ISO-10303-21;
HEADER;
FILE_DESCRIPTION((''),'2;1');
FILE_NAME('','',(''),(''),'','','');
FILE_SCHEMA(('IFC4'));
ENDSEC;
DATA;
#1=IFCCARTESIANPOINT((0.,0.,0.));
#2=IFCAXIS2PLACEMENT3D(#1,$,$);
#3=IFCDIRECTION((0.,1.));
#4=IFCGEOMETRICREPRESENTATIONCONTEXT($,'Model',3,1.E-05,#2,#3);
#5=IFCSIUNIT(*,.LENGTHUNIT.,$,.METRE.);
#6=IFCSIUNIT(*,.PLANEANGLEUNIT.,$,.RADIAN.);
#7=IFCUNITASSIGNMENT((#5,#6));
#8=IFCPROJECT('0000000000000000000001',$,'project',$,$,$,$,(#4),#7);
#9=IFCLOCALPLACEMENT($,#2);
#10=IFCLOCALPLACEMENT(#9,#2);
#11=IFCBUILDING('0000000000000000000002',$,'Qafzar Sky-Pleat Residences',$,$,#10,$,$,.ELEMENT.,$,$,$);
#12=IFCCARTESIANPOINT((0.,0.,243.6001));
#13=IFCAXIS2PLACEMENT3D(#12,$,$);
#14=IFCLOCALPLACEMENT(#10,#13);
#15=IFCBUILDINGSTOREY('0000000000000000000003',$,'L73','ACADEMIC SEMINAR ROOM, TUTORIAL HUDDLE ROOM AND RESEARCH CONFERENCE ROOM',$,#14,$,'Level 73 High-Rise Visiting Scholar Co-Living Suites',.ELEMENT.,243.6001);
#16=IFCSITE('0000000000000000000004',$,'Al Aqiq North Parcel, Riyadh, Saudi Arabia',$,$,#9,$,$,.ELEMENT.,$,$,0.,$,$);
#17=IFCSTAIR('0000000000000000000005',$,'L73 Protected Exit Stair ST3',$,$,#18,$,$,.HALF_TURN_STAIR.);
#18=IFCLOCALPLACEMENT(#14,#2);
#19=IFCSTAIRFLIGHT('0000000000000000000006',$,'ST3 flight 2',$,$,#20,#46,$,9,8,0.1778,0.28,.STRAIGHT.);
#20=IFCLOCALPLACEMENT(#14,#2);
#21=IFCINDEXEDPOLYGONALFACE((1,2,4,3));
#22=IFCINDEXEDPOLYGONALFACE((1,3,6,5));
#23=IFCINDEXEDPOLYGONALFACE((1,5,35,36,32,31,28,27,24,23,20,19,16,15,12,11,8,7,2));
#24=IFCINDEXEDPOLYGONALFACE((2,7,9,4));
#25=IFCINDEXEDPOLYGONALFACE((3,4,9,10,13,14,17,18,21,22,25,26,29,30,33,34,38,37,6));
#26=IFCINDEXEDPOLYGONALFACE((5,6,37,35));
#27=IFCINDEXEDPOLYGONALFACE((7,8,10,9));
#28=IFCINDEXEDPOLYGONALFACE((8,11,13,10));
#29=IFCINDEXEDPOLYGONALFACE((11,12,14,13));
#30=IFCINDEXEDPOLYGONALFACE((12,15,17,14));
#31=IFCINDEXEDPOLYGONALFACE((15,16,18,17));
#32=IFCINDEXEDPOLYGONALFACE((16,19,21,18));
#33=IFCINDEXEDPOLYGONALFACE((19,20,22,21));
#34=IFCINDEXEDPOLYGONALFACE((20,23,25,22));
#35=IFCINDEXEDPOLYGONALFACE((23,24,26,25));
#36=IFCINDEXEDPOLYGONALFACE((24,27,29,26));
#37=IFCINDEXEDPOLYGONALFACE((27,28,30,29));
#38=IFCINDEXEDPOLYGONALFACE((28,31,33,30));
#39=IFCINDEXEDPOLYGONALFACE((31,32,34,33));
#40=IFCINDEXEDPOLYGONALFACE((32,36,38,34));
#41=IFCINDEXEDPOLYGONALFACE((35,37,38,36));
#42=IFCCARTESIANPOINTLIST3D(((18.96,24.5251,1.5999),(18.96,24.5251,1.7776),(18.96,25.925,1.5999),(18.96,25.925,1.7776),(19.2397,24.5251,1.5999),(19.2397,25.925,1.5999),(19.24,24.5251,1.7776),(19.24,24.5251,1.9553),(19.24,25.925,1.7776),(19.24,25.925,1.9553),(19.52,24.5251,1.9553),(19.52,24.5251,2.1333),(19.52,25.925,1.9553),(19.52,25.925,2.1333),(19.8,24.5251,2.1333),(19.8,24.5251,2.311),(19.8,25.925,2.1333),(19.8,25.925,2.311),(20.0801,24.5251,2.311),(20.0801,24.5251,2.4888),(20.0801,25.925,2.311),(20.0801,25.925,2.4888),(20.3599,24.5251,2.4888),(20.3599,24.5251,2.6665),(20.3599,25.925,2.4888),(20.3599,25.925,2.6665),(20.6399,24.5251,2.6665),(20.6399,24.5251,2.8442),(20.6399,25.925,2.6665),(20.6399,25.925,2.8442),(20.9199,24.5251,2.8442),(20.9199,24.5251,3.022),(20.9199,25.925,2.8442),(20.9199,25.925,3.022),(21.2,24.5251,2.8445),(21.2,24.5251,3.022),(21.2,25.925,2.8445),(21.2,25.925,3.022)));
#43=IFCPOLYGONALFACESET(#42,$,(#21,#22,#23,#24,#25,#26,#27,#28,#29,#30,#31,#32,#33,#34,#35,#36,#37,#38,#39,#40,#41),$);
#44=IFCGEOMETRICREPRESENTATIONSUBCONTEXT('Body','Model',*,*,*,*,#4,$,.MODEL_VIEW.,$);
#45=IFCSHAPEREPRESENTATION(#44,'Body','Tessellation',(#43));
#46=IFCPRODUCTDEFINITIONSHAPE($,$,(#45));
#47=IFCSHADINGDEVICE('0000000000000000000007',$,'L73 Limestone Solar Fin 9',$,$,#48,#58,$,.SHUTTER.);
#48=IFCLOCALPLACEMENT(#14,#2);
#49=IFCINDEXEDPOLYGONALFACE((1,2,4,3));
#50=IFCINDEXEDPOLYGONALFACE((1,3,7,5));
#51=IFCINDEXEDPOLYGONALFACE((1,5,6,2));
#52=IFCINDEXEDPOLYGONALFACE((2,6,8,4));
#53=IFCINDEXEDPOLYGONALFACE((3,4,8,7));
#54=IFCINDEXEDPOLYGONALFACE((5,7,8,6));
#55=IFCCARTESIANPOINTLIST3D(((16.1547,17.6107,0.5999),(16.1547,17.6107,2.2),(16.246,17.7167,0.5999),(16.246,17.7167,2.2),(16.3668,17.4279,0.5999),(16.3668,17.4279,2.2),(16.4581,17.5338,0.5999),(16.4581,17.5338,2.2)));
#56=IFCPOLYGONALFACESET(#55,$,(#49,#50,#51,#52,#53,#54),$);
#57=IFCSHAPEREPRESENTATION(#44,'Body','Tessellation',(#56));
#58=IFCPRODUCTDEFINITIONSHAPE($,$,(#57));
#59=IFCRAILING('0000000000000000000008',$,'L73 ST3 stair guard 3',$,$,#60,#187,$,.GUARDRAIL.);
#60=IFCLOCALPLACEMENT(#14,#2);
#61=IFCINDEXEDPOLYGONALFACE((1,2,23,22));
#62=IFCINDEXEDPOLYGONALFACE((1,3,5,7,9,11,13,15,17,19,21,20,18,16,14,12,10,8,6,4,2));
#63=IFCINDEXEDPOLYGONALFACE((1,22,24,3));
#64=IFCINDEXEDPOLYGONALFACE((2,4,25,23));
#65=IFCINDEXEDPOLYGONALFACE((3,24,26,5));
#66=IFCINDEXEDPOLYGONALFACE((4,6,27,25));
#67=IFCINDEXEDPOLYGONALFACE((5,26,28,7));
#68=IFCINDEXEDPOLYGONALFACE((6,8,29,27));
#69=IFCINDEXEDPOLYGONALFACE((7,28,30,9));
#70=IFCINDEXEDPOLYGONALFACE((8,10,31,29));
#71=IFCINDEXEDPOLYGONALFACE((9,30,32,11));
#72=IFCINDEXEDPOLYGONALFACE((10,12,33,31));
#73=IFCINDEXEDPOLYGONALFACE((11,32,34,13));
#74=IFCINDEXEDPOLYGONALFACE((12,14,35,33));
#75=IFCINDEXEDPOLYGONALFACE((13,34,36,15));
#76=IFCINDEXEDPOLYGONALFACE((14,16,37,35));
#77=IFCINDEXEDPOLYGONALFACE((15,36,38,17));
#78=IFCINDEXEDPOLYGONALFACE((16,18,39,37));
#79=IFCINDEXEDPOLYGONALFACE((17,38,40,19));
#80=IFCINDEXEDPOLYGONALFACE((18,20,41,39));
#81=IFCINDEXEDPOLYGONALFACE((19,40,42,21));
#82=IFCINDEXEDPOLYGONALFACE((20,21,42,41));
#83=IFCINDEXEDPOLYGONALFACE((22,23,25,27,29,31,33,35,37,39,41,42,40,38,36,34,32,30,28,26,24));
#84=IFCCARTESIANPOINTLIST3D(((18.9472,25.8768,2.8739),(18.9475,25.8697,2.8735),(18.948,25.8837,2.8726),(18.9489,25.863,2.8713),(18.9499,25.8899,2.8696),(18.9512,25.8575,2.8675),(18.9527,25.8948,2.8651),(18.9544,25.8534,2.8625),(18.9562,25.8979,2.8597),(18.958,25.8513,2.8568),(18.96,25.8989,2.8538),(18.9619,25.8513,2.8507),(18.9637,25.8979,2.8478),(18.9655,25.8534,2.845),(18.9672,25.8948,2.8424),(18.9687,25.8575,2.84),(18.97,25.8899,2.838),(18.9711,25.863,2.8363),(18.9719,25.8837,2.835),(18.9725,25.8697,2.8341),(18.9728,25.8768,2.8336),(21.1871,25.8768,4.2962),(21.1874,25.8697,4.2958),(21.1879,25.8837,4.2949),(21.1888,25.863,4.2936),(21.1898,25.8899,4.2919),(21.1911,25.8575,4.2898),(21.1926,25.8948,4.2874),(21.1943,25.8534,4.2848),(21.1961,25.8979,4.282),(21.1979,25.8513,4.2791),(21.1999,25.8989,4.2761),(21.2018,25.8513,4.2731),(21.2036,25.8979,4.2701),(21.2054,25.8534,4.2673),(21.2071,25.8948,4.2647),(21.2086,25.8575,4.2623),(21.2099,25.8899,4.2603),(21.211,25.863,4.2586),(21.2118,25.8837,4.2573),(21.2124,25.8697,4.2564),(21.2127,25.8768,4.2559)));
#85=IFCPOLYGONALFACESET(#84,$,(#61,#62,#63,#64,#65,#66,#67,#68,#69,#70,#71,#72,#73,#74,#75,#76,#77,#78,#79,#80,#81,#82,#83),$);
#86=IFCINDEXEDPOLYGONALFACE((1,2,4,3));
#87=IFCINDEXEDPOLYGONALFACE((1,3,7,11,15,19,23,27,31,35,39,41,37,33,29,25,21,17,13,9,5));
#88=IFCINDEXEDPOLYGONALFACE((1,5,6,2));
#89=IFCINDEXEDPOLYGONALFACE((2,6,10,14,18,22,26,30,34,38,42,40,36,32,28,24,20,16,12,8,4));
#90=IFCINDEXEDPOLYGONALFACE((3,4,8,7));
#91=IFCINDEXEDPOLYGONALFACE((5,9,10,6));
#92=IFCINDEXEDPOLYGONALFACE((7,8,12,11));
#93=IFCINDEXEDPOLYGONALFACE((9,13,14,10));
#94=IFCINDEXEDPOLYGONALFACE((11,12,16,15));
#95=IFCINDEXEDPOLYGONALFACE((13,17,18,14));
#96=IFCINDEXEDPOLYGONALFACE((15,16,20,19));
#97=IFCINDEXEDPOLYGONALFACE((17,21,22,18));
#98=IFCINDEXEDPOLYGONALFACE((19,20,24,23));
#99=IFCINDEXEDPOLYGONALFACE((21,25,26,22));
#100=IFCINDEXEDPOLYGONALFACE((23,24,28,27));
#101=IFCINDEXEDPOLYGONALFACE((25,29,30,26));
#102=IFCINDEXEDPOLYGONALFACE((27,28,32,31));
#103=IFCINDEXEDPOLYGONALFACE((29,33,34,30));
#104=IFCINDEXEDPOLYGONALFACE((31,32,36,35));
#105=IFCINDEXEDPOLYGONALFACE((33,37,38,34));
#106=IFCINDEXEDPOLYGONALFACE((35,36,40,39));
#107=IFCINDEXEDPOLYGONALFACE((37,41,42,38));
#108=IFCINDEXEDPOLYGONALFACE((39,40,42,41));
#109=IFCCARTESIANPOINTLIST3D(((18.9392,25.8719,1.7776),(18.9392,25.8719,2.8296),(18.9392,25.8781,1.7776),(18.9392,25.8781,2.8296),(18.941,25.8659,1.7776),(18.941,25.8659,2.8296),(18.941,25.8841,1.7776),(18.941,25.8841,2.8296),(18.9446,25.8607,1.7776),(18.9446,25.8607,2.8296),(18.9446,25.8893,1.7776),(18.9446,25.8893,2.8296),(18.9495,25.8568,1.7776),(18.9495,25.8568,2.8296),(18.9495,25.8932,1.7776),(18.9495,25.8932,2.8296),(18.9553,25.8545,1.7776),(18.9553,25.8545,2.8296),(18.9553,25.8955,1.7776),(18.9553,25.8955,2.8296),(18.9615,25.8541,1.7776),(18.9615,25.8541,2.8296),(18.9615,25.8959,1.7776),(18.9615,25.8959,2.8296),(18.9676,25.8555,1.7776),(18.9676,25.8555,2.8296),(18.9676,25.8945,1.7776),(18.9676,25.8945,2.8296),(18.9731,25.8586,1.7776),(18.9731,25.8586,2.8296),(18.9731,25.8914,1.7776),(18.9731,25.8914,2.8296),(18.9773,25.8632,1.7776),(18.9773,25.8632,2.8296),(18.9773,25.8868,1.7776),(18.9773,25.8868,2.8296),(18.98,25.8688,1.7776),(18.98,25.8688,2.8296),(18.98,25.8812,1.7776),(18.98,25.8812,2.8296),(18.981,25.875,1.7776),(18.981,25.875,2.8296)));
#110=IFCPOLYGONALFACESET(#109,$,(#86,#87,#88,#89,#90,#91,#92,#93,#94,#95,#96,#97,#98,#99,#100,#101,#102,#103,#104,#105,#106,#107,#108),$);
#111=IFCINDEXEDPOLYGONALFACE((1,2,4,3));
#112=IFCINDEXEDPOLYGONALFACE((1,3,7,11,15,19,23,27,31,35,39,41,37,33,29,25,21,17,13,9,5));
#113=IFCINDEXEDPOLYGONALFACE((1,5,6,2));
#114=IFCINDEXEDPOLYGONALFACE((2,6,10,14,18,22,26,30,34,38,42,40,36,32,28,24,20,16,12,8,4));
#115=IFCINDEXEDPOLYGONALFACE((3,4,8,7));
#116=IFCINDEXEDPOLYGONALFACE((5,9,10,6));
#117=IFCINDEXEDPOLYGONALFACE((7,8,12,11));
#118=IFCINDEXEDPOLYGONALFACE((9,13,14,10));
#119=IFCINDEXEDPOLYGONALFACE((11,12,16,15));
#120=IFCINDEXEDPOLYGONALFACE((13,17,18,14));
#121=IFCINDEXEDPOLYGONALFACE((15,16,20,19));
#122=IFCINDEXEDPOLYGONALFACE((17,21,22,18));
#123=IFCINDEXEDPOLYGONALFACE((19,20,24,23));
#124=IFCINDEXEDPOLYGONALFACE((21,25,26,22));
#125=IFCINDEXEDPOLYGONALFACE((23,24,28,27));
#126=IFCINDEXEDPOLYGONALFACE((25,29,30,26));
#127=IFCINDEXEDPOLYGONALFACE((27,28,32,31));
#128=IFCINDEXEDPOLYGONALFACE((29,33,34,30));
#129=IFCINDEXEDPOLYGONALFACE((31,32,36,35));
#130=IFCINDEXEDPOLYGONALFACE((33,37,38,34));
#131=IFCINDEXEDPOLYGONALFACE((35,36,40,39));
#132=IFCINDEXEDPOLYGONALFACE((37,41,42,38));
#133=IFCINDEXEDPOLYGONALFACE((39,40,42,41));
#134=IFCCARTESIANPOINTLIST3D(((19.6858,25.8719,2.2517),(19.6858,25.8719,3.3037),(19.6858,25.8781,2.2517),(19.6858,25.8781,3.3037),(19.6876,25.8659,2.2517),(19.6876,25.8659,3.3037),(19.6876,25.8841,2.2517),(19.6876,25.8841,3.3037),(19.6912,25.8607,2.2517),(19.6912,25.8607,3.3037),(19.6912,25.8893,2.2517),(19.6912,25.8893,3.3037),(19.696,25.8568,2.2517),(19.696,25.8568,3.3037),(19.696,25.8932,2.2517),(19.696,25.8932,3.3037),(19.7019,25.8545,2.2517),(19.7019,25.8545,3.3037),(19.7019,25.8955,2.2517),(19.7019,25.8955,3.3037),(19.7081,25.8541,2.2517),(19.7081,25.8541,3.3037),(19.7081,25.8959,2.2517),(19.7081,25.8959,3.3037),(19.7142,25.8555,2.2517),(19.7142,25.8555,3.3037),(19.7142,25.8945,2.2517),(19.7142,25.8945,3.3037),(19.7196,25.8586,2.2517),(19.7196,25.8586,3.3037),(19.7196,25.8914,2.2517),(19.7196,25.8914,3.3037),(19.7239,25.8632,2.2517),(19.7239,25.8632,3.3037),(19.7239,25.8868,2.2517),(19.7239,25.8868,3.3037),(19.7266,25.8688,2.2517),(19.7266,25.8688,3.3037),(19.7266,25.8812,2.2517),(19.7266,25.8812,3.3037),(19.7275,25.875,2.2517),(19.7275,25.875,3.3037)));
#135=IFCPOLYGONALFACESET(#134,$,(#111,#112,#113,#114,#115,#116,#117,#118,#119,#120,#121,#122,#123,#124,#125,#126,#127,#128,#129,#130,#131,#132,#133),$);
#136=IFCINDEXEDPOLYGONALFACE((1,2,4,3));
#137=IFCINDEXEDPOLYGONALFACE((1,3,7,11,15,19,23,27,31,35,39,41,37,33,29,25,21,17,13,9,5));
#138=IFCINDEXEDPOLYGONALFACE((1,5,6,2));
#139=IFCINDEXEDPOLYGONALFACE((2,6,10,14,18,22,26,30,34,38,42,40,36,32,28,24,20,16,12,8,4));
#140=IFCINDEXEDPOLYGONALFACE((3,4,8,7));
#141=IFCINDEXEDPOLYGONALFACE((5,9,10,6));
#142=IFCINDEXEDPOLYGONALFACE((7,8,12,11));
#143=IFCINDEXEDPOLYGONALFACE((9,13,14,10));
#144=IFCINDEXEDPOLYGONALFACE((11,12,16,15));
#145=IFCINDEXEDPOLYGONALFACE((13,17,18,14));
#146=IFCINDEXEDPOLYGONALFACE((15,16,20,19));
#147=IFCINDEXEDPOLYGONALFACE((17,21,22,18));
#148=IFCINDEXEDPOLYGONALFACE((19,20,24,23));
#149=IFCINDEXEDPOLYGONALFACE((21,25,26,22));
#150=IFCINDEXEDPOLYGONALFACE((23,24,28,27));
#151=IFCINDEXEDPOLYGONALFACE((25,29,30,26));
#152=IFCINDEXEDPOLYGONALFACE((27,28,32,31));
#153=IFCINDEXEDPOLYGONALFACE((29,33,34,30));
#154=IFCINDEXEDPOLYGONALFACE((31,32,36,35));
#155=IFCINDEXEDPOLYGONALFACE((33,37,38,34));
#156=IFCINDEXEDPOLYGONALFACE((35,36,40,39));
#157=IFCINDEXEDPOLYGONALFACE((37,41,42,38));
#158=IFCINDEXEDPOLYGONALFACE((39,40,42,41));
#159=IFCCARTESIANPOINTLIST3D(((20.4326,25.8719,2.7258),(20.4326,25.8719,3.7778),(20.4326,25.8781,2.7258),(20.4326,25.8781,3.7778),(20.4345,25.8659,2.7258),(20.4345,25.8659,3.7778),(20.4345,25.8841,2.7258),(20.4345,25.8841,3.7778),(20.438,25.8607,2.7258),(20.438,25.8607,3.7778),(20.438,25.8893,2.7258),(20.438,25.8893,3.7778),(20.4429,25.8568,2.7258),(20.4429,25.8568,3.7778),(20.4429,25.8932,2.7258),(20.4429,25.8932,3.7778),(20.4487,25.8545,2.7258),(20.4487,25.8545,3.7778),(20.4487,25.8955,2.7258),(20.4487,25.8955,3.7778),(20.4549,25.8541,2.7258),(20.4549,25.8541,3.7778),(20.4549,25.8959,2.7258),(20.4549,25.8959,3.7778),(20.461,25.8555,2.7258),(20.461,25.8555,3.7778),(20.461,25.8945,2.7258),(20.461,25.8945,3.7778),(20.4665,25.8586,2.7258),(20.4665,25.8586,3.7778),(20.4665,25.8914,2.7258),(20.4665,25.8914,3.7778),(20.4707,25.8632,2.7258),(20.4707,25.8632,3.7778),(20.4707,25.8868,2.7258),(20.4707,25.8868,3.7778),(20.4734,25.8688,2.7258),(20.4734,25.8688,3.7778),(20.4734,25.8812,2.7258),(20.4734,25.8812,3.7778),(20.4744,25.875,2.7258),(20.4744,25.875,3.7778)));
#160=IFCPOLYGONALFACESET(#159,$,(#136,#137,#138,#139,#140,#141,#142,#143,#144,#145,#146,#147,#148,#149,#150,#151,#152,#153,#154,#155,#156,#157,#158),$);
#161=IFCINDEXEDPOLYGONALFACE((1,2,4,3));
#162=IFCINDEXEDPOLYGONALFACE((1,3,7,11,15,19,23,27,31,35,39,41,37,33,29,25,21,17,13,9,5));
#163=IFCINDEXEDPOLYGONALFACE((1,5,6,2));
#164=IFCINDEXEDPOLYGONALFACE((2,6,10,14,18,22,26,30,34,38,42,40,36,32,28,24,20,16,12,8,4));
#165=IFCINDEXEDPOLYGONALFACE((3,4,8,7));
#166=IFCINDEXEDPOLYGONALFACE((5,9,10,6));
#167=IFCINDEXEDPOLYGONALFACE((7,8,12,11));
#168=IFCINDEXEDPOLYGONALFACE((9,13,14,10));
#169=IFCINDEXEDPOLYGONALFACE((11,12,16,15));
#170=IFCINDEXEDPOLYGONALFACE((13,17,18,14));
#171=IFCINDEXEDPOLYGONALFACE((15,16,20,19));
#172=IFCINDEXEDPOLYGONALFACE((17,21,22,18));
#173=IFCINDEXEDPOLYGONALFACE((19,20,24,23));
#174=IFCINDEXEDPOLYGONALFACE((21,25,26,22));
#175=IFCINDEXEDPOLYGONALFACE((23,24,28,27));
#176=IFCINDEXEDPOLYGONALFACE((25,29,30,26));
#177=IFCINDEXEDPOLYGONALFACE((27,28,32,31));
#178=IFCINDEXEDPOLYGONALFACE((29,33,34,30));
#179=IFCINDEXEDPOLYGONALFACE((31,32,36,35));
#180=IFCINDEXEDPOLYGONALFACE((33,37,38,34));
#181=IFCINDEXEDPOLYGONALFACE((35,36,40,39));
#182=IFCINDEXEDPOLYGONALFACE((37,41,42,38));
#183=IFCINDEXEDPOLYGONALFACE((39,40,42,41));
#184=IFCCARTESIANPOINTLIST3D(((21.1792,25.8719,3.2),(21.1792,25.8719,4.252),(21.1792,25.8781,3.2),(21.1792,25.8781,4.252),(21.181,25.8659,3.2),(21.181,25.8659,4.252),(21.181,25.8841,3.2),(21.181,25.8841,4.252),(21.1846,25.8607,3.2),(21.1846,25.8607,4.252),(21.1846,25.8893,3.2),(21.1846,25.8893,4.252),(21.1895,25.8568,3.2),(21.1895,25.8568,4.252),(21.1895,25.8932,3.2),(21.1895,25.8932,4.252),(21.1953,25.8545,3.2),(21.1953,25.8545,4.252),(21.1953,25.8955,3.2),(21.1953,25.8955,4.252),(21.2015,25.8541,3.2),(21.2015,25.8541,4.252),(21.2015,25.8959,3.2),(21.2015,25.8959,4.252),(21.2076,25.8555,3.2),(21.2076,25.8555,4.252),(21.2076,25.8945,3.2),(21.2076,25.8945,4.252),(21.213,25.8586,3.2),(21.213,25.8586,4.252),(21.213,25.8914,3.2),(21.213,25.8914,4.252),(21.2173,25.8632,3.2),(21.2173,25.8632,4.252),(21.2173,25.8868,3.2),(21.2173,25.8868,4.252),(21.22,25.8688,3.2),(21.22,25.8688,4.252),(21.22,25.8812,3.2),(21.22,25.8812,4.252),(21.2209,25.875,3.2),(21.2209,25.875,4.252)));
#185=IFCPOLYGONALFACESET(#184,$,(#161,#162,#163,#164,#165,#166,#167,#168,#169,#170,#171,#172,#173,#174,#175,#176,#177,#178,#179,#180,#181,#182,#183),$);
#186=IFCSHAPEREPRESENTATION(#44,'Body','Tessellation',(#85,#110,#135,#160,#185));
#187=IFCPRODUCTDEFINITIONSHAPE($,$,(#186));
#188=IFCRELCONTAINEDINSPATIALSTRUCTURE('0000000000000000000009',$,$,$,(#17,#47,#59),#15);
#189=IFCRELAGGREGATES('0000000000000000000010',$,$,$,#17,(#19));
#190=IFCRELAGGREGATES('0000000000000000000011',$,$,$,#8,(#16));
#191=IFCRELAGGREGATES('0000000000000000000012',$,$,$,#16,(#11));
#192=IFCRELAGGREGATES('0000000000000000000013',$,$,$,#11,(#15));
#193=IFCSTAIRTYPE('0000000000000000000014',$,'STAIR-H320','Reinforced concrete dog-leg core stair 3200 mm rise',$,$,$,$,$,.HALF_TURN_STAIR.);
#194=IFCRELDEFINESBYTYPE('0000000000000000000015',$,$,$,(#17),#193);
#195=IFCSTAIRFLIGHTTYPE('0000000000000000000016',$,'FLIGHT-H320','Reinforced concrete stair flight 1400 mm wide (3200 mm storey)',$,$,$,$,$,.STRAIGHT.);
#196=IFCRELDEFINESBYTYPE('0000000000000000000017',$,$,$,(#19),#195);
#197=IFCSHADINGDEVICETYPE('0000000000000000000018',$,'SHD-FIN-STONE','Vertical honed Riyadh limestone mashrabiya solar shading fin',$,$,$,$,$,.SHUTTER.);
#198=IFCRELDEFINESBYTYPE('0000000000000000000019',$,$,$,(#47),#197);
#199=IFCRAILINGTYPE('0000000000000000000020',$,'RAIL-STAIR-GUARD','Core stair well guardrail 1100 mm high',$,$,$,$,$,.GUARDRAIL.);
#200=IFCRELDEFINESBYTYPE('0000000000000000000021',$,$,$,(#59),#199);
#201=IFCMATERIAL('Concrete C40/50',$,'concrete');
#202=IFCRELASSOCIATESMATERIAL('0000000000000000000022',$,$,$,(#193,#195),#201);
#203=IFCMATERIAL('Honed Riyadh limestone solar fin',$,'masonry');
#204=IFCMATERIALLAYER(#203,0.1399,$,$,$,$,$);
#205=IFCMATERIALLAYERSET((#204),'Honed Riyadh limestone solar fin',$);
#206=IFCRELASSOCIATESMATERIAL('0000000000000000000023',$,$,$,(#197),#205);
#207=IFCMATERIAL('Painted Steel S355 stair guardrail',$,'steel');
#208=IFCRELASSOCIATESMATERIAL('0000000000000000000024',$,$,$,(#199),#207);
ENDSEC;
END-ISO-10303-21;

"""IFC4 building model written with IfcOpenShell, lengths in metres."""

from ifc_helpers import new_model, si_unit, direction, frame, origin, origin_2d, place, context, subcontext, project, spatial, polyline, rectangle, circle, outline, extrude, source, transform, mapped, material, layer, layer_set, type_object, element, aggregate, save


model = new_model("IFC4")

# Units and contexts
model_context = context("Model", 3, precision=1e-05, world=origin(), true_north=direction((0.0, 1.0)))
body_context = subcontext(model_context, "Body", "Model", "MODEL_VIEW")
ifc_project = project(units=[si_unit("LENGTHUNIT", "METRE"), si_unit("PLANEANGLEUNIT", "RADIAN")], contexts=[model_context])

# Site, building, storey
site_placement = place(None, origin())
site = spatial("IfcSite", under=ifc_project, at=site_placement, Name="Al Aqiq North Parcel, Riyadh, Saudi Arabia", CompositionType="ELEMENT", RefElevation=0.0)
building_placement = place(site_placement, origin())
building = spatial("IfcBuilding", under=site, at=building_placement, Name="Qafzar Sky-Pleat Residences", CompositionType="ELEMENT")
storey_placement = place(building_placement, frame((0.0, 0.0, 243.6001)))
storey = spatial("IfcBuildingStorey", under=building, at=storey_placement, Name="L73", Description="ACADEMIC SEMINAR ROOM, TUTORIAL HUDDLE ROOM AND RESEARCH CONFERENCE ROOM", LongName="Level 73 High-Rise Visiting Scholar Co-Living Suites", CompositionType="ELEMENT", Elevation=243.6001)

# Stair, stair flight
ifc_material_1 = material(Name="Concrete C40/50", Category="concrete")
stair_type = type_object("IfcStairType", Name="STAIR-H320", Description="Reinforced concrete dog-leg core stair 3200 mm rise", PredefinedType="HALF_TURN_STAIR", material=ifc_material_1)
stair_placement = place(storey_placement, origin())
stair = element("IfcStair", 1, at=stair_placement, inside=storey, type_object=stair_type, Name="L73 Protected Exit Stair ST3", PredefinedType="HALF_TURN_STAIR")
stair_flight_type = type_object("IfcStairFlightType", Name="FLIGHT-H320", Description="Reinforced concrete stair flight 1400 mm wide (3200 mm storey)", PredefinedType="STRAIGHT", material=ifc_material_1)
shared_shape_1 = source(origin(), body_context, "Body", "SweptSolid", [
    extrude(outline(polyline([(0.0, 0.0), (0.0, 0.1777), (0.28, 0.1777), (0.28, 0.3555), (0.5601, 0.3555), (0.5601, 0.5334), (0.8401, 0.5334), (0.8401, 0.7112), (1.1201, 0.7112), (1.1201, 0.8889), (1.3999, 0.8889), (1.3999, 1.0667), (1.6799, 1.0667), (1.6799, 1.2444), (1.96, 1.2444), (1.96, 1.4221), (2.24, 1.4221), (2.24, 1.6001), (2.24, 1.2446), (0.2798, 0.0), (0.0, 0.0)])), frame((0.0, 0.7, 0.0), z_axis=(0.0, -1.0, 0.0), x_axis=(1.0, 0.0, 0.0)), (0.0, 0.0, 1.0), 1.3999),
])
stair_flight_placement = place(storey_placement, frame((18.96, 25.2251, 1.5999), z_axis=(0.0, 0.0, 1.0), x_axis=(1.0, 0.0, 0.0)))
stair_flight = element("IfcStairFlight", 2, at=stair_flight_placement, type_object=stair_flight_type, Name="ST3 flight 2", NumberOfRisers=9, NumberOfTreads=8, PredefinedType="STRAIGHT", RiserHeight=0.1778, TreadLength=0.28, context=body_context, shape_type="MappedRepresentation", body=[
    mapped(shared_shape_1, transform((0.0, 0.0, 0.0), x_axis=(1.0, 0.0, 0.0), y_axis=(0.0, 1.0, 0.0), z_axis=(0.0, 0.0, 1.0), scale=1.0)),
])
aggregate(stair, [stair_flight])

# Shading device
ifc_material_2 = material(Name="Honed Riyadh limestone solar fin", Category="masonry")
ifc_layer_1 = layer(ifc_material_2, 0.1399)
ifc_layer_set_1 = layer_set([ifc_layer_1], Name="Honed Riyadh limestone solar fin")
shading_device_type = type_object("IfcShadingDeviceType", Name="SHD-FIN-STONE", Description="Vertical honed Riyadh limestone mashrabiya solar shading fin", PredefinedType="SHUTTER", material=ifc_layer_set_1)
shared_shape_2 = source(origin(), body_context, "Body", "SweptSolid", [
    extrude(rectangle(XDim=0.1399, YDim=0.28, at=origin_2d()), origin(), (0.0, 0.0, 1.0), 1.6001),
])
shading_device_placement = place(storey_placement, frame((16.3064, 17.5723, 0.5999), z_axis=(0.0, 0.0, 1.0), x_axis=(-0.652894, -0.757449, 0.0)))
element("IfcShadingDevice", 3, at=shading_device_placement, inside=storey, type_object=shading_device_type, Name="L73 Limestone Solar Fin 9", PredefinedType="SHUTTER", context=body_context, shape_type="MappedRepresentation", body=[
    mapped(shared_shape_2, transform((0.0, 0.0, 0.0), x_axis=(1.0, 0.0, 0.0), y_axis=(0.0, 1.0, 0.0), z_axis=(0.0, 0.0, 1.0), scale=1.0)),
])

# Railing
ifc_material_3 = material(Name="Painted Steel S355 stair guardrail", Category="steel")
railing_type_1 = type_object("IfcRailingType", Name="RAIL-STAIR-GUARD", Description="Core stair well guardrail 1100 mm high", PredefinedType="GUARDRAIL", material=ifc_material_3)
shared_shape_3 = source(origin(), body_context, "Body", "SweptSolid", [
    extrude(circle(Radius=0.0239, at=origin_2d()), frame((0.0, 0.0, 1.0762), z_axis=(0.844188, 0.0, 0.536048), x_axis=(0.0, 1.0, 0.0)), (0.0, 0.0, 1.0), 2.6533),
    extrude(circle(Radius=0.021, at=origin_2d()), origin(), (0.0, 0.0, 1.0), 1.052),
    extrude(circle(Radius=0.021, at=origin_2d()), frame((0.7466, 0.0, 0.4741)), (0.0, 0.0, 1.0), 1.052),
    extrude(circle(Radius=0.021, at=origin_2d()), frame((1.4934, 0.0, 0.9482)), (0.0, 0.0, 1.0), 1.052),
    extrude(circle(Radius=0.021, at=origin_2d()), frame((2.24, 0.0, 1.4224)), (0.0, 0.0, 1.0), 1.052),
])
railing_1_placement = place(storey_placement, frame((18.96, 25.875, 1.7776)))
element("IfcRailing", 4, at=railing_1_placement, inside=storey, type_object=railing_type_1, Name="L73 ST3 stair guard 3", PredefinedType="GUARDRAIL", context=body_context, shape_type="MappedRepresentation", body=[
    mapped(shared_shape_3, transform((0.0, 0.0, 0.0), x_axis=(1.0, 0.0, 0.0), y_axis=(0.0, 1.0, 0.0), z_axis=(0.0, 0.0, 1.0), scale=1.0)),
])

save(model, "model.ifc")
